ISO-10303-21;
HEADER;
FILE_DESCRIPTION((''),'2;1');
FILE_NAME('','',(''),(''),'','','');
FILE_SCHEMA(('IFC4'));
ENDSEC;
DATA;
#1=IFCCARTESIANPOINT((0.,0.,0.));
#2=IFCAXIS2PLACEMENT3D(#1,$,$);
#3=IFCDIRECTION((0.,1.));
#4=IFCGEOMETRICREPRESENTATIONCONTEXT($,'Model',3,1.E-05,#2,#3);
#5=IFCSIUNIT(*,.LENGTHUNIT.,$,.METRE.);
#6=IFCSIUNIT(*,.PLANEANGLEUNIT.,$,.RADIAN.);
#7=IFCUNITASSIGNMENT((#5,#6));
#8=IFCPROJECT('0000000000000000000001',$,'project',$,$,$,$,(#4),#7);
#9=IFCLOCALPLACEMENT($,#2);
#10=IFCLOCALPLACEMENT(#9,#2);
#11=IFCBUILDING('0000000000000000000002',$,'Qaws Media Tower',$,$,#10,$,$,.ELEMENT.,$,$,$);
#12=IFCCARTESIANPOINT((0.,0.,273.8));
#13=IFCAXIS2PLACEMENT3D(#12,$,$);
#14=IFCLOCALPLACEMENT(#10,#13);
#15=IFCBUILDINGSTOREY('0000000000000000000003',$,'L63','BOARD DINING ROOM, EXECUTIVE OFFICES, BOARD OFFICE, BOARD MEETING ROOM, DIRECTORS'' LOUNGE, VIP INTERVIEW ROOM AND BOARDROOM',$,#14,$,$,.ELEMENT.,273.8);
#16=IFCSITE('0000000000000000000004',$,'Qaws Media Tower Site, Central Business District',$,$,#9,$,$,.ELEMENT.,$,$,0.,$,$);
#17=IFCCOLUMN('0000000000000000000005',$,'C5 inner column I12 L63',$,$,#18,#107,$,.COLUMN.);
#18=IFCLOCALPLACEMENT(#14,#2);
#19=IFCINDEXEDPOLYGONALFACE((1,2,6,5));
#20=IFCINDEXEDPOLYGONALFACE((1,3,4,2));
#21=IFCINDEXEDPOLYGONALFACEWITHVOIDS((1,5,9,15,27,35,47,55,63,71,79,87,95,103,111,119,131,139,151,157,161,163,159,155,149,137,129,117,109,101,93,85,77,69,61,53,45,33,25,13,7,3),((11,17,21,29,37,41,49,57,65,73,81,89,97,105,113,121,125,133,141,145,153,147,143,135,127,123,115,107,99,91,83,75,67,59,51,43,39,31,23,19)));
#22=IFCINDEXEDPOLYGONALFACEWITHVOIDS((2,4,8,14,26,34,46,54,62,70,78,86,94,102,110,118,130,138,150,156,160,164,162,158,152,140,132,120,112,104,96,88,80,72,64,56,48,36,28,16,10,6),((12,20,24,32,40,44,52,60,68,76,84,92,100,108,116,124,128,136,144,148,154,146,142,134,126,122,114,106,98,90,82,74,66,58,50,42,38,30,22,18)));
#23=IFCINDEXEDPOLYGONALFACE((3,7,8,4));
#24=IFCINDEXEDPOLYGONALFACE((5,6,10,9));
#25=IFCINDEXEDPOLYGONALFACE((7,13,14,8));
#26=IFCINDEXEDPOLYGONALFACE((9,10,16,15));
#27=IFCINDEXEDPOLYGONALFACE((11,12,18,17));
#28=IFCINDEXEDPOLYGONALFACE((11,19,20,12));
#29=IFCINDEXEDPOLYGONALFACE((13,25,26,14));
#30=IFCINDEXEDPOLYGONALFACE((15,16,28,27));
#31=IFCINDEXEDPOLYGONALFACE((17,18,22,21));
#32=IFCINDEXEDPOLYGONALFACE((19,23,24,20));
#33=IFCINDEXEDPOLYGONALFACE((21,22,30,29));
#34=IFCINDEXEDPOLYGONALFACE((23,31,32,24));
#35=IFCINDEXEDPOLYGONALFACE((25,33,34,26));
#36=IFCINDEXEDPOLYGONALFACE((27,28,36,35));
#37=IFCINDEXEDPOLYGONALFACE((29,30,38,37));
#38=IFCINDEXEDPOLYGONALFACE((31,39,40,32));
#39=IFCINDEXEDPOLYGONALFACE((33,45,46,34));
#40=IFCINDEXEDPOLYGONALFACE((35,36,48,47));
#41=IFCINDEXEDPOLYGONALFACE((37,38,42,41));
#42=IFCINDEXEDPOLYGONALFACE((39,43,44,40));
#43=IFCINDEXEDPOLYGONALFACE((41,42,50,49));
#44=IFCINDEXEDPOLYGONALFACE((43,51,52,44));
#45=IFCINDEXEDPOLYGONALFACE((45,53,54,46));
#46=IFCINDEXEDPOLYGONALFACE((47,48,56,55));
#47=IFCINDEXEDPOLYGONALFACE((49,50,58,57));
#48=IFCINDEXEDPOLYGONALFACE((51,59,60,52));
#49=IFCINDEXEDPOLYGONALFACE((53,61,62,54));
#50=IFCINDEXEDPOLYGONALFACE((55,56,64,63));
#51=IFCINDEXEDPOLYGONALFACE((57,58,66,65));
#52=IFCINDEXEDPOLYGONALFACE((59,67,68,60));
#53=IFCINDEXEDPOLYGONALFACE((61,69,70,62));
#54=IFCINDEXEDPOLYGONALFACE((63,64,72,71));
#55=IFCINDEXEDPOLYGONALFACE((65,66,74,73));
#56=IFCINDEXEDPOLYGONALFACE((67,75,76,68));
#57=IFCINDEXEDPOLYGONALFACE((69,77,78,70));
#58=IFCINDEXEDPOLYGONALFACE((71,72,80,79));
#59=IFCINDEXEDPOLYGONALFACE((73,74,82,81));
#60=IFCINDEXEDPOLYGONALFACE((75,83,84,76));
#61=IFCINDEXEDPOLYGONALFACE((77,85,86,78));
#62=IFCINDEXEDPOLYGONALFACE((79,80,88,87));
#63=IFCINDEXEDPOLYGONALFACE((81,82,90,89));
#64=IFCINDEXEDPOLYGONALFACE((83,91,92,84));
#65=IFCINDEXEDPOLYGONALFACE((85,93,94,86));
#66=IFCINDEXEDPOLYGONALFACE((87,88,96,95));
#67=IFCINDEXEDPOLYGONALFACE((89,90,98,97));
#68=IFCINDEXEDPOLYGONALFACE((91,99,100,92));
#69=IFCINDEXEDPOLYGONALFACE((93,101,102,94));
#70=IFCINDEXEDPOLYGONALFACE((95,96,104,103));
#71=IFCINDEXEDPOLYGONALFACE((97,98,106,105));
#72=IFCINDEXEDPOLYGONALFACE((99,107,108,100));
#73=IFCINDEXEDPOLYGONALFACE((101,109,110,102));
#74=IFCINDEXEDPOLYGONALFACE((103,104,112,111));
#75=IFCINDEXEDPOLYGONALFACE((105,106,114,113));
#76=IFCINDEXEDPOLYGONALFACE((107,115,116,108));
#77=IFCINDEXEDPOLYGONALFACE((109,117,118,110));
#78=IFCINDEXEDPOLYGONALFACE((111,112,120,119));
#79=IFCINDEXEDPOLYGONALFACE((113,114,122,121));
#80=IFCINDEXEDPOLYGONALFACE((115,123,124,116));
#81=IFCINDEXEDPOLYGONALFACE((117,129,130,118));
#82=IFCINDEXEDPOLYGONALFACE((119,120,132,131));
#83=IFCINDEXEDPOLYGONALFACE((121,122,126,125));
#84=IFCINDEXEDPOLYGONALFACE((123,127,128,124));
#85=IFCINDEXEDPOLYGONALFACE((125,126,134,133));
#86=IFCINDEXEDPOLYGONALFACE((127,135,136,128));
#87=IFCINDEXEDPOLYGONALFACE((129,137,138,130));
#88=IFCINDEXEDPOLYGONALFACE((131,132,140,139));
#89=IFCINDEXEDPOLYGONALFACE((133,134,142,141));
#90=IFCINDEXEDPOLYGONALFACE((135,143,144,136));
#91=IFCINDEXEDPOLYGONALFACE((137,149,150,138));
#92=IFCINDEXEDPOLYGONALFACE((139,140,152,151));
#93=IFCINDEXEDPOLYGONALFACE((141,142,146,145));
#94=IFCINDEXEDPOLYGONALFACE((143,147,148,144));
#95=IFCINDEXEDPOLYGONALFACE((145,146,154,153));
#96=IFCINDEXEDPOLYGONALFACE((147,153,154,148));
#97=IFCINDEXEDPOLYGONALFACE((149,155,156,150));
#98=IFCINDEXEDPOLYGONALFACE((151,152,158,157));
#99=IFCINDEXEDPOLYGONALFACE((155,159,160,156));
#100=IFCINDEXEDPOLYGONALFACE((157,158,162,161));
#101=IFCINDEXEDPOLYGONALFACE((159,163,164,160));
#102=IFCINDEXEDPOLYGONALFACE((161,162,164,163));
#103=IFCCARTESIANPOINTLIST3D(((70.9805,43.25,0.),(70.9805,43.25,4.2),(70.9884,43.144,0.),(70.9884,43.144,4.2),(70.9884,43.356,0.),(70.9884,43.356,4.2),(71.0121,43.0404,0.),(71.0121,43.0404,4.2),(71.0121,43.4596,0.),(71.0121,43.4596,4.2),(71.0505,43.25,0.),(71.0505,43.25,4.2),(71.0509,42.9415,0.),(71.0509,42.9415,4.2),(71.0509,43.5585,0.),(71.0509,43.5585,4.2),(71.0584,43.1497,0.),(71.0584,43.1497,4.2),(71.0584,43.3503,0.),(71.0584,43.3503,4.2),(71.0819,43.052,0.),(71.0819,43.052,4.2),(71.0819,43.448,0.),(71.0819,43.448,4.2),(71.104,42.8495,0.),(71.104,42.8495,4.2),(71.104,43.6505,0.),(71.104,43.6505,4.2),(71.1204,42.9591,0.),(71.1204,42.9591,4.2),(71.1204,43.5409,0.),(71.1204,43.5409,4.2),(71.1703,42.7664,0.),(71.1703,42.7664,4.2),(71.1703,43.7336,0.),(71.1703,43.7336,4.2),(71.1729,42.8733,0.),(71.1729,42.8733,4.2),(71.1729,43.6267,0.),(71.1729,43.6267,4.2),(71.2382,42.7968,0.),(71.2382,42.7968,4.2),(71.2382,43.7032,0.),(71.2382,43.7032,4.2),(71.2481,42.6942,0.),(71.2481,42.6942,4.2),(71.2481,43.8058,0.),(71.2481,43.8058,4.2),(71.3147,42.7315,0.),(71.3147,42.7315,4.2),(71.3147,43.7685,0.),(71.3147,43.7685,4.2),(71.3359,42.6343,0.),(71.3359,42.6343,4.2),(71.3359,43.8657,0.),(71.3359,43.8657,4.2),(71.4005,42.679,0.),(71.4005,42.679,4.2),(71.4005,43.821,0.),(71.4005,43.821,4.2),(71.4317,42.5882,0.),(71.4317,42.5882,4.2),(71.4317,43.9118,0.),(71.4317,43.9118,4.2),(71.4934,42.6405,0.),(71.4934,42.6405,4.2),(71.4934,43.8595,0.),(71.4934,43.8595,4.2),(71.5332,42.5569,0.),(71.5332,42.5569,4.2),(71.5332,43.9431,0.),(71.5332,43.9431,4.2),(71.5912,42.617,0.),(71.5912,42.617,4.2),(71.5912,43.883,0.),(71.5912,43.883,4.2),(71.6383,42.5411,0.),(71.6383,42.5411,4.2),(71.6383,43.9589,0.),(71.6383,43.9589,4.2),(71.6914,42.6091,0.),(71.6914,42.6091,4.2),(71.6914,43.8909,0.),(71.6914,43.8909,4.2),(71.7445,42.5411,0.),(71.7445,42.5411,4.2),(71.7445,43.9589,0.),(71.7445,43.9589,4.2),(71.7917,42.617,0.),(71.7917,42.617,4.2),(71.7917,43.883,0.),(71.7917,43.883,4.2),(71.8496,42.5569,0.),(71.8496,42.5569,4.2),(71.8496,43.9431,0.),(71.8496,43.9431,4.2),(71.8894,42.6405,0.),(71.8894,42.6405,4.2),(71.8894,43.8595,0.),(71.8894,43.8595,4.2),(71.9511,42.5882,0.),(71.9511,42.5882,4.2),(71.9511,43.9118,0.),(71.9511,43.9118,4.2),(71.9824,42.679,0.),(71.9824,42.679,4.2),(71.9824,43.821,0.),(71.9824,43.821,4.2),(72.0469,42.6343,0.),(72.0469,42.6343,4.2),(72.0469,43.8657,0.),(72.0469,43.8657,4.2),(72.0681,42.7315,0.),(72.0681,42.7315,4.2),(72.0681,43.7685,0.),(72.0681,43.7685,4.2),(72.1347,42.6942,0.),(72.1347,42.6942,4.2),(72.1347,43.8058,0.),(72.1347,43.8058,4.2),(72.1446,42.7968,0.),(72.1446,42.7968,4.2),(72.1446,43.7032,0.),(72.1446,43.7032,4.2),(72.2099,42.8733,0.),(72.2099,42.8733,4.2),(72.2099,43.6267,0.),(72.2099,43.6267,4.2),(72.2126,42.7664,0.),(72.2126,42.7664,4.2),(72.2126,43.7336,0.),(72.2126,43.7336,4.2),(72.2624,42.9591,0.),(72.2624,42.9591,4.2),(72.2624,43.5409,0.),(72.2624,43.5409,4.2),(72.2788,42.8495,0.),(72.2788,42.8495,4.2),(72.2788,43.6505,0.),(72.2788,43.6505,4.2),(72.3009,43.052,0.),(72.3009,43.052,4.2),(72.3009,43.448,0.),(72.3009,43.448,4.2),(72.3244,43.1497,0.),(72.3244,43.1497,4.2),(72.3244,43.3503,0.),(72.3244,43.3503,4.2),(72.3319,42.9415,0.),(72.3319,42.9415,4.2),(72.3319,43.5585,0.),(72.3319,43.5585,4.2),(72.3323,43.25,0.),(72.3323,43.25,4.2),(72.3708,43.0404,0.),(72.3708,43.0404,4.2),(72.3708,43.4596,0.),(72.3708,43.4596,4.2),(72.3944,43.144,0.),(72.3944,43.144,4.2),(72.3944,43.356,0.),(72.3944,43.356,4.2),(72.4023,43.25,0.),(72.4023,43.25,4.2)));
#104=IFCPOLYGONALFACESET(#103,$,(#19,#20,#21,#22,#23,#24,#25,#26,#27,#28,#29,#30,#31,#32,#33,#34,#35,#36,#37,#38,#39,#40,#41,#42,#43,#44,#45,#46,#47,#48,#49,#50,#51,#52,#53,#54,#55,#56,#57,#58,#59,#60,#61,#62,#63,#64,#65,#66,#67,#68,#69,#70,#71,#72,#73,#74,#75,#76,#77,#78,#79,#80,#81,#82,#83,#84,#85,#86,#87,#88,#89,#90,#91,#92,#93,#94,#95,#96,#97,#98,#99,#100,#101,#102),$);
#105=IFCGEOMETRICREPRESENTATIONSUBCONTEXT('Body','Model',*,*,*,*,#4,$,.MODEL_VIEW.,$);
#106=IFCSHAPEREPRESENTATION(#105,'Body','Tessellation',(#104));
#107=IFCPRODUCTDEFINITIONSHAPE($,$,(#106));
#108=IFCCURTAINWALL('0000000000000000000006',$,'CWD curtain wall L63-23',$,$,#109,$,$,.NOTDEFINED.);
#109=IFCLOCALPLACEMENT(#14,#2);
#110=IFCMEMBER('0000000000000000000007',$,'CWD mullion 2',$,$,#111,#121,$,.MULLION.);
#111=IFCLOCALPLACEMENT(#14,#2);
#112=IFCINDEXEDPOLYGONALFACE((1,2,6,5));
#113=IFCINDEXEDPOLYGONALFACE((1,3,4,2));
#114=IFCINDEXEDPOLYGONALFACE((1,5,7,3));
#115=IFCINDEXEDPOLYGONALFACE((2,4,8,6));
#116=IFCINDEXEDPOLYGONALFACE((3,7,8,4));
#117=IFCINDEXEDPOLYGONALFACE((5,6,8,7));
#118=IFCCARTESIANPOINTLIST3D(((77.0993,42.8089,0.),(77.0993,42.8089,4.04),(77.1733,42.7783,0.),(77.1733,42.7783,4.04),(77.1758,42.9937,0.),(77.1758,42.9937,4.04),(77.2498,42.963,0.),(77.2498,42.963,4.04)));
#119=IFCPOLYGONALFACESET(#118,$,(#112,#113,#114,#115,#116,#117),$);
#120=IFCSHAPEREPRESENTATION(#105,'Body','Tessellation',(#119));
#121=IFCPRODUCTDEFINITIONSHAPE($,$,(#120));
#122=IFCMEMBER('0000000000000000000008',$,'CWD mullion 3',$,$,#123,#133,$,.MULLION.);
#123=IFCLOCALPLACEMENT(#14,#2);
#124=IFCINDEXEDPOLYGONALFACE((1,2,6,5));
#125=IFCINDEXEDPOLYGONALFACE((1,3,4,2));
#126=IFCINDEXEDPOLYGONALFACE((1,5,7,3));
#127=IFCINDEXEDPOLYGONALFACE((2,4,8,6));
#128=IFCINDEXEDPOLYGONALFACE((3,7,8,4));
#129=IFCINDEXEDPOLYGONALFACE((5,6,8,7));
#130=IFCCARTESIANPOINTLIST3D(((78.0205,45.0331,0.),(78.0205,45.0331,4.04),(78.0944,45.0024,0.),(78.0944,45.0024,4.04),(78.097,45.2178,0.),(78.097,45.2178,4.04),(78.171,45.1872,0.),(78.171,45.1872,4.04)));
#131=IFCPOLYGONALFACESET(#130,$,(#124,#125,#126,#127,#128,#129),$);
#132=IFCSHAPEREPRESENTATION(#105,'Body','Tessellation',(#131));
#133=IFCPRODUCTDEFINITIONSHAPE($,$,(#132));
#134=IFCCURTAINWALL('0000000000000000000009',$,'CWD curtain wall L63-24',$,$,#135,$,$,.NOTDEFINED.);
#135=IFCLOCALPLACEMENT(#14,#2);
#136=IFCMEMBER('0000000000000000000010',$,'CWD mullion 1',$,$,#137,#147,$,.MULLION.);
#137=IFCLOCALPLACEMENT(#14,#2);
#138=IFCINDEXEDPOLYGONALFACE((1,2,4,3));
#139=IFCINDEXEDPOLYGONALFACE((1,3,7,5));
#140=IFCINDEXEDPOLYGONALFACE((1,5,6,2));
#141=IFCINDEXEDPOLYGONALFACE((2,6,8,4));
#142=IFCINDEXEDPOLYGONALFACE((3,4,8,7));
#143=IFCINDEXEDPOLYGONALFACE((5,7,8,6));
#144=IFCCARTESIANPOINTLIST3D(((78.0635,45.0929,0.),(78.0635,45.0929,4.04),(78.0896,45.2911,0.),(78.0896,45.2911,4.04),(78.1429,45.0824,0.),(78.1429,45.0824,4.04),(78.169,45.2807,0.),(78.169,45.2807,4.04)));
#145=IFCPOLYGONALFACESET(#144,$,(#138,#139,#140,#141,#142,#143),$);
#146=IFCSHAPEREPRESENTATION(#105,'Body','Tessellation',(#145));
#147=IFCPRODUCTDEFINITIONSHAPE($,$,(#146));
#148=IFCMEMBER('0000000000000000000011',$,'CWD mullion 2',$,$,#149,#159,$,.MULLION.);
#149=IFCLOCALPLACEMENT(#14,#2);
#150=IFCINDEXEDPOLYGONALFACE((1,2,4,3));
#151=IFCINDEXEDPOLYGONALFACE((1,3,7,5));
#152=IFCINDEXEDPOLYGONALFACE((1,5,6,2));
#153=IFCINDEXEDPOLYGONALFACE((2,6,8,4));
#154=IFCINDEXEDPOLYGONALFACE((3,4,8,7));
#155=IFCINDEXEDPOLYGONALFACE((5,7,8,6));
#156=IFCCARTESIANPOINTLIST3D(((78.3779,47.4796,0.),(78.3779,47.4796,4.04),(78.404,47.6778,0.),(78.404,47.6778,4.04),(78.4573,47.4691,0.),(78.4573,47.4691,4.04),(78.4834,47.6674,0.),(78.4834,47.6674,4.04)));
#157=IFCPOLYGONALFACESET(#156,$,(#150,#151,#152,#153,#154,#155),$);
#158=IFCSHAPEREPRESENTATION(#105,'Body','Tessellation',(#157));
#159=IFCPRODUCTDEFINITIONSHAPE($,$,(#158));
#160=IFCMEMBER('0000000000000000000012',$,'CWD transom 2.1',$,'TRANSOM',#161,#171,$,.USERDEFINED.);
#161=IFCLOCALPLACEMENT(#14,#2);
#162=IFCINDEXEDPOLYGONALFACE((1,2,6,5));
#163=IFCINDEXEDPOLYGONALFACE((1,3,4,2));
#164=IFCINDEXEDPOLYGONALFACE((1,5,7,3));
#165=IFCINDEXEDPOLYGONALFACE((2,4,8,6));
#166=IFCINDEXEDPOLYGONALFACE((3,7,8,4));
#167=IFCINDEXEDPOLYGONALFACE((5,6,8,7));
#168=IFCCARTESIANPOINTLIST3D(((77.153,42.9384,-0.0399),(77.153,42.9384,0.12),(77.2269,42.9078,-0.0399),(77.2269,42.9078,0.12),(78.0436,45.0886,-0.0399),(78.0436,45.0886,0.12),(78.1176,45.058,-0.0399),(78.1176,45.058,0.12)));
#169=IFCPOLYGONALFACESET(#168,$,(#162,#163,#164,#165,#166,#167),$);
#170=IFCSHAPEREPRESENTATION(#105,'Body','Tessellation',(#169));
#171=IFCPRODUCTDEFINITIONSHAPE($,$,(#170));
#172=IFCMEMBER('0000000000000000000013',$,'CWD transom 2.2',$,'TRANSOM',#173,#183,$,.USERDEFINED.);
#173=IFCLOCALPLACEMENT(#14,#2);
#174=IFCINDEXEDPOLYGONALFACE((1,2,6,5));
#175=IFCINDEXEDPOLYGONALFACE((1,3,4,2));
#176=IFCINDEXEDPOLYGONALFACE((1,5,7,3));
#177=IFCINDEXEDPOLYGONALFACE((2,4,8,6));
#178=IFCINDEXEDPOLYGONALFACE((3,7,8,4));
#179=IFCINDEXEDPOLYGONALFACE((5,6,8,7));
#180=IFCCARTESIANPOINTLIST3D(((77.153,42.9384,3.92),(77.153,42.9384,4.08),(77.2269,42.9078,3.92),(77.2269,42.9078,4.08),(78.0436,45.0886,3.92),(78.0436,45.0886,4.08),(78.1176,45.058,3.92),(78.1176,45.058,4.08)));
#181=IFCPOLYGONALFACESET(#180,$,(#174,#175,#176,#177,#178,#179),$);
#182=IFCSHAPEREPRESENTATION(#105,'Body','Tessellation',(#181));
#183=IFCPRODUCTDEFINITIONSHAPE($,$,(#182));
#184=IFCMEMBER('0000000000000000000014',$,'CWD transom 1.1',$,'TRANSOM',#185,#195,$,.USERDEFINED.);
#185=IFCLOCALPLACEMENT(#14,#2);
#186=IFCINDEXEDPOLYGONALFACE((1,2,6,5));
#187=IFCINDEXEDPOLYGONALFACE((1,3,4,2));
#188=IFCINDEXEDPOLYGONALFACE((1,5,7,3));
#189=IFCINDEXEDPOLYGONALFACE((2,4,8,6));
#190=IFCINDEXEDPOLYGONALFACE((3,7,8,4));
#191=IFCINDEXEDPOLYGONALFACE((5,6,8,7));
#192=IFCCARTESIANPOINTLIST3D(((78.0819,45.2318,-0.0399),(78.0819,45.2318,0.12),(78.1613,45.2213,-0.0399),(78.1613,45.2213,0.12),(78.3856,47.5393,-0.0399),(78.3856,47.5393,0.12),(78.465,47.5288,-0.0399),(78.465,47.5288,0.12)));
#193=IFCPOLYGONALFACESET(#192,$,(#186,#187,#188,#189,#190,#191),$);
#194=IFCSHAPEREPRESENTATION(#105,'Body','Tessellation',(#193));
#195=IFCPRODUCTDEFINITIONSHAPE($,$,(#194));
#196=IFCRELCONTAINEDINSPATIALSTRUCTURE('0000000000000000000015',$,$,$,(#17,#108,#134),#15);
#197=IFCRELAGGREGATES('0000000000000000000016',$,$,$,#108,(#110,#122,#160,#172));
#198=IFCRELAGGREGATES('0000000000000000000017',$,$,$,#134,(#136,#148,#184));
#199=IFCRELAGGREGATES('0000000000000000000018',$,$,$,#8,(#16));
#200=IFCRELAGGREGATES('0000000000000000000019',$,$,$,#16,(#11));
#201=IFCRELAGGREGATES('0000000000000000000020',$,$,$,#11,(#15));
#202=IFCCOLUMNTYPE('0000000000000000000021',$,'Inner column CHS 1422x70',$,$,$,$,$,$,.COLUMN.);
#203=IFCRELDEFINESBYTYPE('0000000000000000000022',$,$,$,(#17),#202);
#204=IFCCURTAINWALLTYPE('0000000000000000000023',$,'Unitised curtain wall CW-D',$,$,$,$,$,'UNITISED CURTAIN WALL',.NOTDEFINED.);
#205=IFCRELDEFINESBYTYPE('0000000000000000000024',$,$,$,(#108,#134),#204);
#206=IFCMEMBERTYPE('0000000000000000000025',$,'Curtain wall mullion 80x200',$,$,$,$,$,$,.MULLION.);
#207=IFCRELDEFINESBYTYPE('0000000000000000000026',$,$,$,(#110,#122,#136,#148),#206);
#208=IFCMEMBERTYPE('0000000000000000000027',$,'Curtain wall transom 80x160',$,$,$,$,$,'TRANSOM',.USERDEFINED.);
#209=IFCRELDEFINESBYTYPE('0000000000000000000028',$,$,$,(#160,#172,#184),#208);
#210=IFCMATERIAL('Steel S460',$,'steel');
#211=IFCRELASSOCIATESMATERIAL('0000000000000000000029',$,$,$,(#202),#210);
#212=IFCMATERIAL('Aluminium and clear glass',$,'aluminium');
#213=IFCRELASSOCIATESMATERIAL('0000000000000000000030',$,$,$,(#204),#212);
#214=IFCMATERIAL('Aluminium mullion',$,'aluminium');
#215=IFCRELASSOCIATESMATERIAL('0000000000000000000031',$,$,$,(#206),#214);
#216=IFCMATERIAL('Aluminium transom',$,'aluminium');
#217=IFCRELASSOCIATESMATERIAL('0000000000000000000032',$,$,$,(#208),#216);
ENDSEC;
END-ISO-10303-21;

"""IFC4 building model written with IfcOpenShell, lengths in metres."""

from ifc_helpers import new_model, si_unit, direction, frame, origin, origin_2d, place, context, subcontext, project, spatial, rectangle, hollow_circle, extrude, material, material_profile, profile_set, type_object, element, aggregate, save


model = new_model("IFC4")

# Units and contexts
model_context = context("Model", 3, precision=1e-05, world=origin(), true_north=direction((0.0, 1.0)))
body_context = subcontext(model_context, "Body", "Model", "MODEL_VIEW")
ifc_project = project(units=[si_unit("LENGTHUNIT", "METRE"), si_unit("PLANEANGLEUNIT", "RADIAN")], contexts=[model_context])

# Site, building, storey
site_placement = place(None, origin())
site = spatial("IfcSite", under=ifc_project, at=site_placement, Name="Qaws Media Tower Site, Central Business District", CompositionType="ELEMENT", RefElevation=0.0)
building_placement = place(site_placement, origin())
building = spatial("IfcBuilding", under=site, at=building_placement, Name="Qaws Media Tower", CompositionType="ELEMENT")
storey_placement = place(building_placement, frame((0.0, 0.0, 273.8)))
storey = spatial("IfcBuildingStorey", under=building, at=storey_placement, Name="L63", Description="BOARD DINING ROOM, EXECUTIVE OFFICES, BOARD OFFICE, BOARD MEETING ROOM, DIRECTORS' LOUNGE, VIP INTERVIEW ROOM AND BOARDROOM", CompositionType="ELEMENT", Elevation=273.8)

# Column
ifc_material_1 = material(Name="Steel S460", Category="steel")
ifc_material_profile_1 = material_profile(ifc_material_1, hollow_circle(Radius=0.7109, WallThickness=0.0701, at=origin_2d()), Name="CHS 1422x70")
ifc_profile_set_1 = profile_set([ifc_material_profile_1], Name="Steel S460")
column_type = type_object("IfcColumnType", Name="Inner column CHS 1422x70", PredefinedType="COLUMN", material=ifc_profile_set_1)
column_placement = place(storey_placement, frame((71.6914, 43.25, 0.0), z_axis=(0.0, 0.0, 1.0), x_axis=(1.0, 0.0, 0.0)))
element("IfcColumn", 1, at=column_placement, inside=storey, type_object=column_type, Name="C5 inner column I12 L63", PredefinedType="COLUMN", context=body_context, shape_type="SweptSolid", body=[
    extrude(hollow_circle(Radius=0.7109, WallThickness=0.0701, at=origin_2d()), origin(), (0.0, 0.0, 1.0), 4.2),
])

# Curtain walls, members
ifc_material_2 = material(Name="Aluminium and clear glass", Category="aluminium")
curtain_wall_type = type_object("IfcCurtainWallType", Name="Unitised curtain wall CW-D", ElementType="UNITISED CURTAIN WALL", PredefinedType="NOTDEFINED", material=ifc_material_2)
curtain_wall_1_placement = place(storey_placement, origin())
curtain_wall_1 = element("IfcCurtainWall", 2, at=curtain_wall_1_placement, inside=storey, type_object=curtain_wall_type, Name="CWD curtain wall L63-23", PredefinedType="NOTDEFINED")
ifc_material_3 = material(Name="Aluminium mullion", Category="aluminium")
ifc_material_profile_2 = material_profile(ifc_material_3, rectangle(XDim=0.0801, YDim=0.2, at=origin_2d()), Name="80x200")
ifc_profile_set_2 = profile_set([ifc_material_profile_2], Name="Aluminium mullion")
member_type_1 = type_object("IfcMemberType", Name="Curtain wall mullion 80x200", PredefinedType="MULLION", material=ifc_profile_set_2)
member_1_placement = place(storey_placement, frame((77.1746, 42.886, 0.0), z_axis=(0.0, 0.0, 1.0), x_axis=(-0.92388, 0.382683, 0.0)))
member_1 = element("IfcMember", 3, at=member_1_placement, type_object=member_type_1, Name="CWD mullion 2", PredefinedType="MULLION", context=body_context, shape_type="SweptSolid", body=[
    extrude(rectangle(XDim=0.0801, YDim=0.2, at=origin_2d()), origin(), (0.0, 0.0, 1.0), 4.04),
])
member_2_placement = place(storey_placement, frame((78.0957, 45.1101, 0.0), z_axis=(0.0, 0.0, 1.0), x_axis=(-0.92388, 0.382683, 0.0)))
member_2 = element("IfcMember", 4, at=member_2_placement, type_object=member_type_1, Name="CWD mullion 3", PredefinedType="MULLION", context=body_context, shape_type="SweptSolid", body=[
    extrude(rectangle(XDim=0.0801, YDim=0.2, at=origin_2d()), origin(), (0.0, 0.0, 1.0), 4.04),
])
curtain_wall_2_placement = place(storey_placement, origin())
curtain_wall_2 = element("IfcCurtainWall", 5, at=curtain_wall_2_placement, inside=storey, type_object=curtain_wall_type, Name="CWD curtain wall L63-24", PredefinedType="NOTDEFINED")
member_3_placement = place(storey_placement, frame((78.1162, 45.1868, 0.0), z_axis=(0.0, 0.0, 1.0), x_axis=(-0.991445, 0.130526, 0.0)))
member_3 = element("IfcMember", 6, at=member_3_placement, type_object=member_type_1, Name="CWD mullion 1", PredefinedType="MULLION", context=body_context, shape_type="SweptSolid", body=[
    extrude(rectangle(XDim=0.0801, YDim=0.2, at=origin_2d()), origin(), (0.0, 0.0, 1.0), 4.04),
])
member_4_placement = place(storey_placement, frame((78.4307, 47.5735, 0.0), z_axis=(0.0, 0.0, 1.0), x_axis=(-0.991445, 0.130526, 0.0)))
member_4 = element("IfcMember", 7, at=member_4_placement, type_object=member_type_1, Name="CWD mullion 2", PredefinedType="MULLION", context=body_context, shape_type="SweptSolid", body=[
    extrude(rectangle(XDim=0.0801, YDim=0.2, at=origin_2d()), origin(), (0.0, 0.0, 1.0), 4.04),
])

# Members
ifc_material_4 = material(Name="Aluminium transom", Category="aluminium")
ifc_material_profile_3 = material_profile(ifc_material_4, rectangle(XDim=0.0801, YDim=0.1599, at=origin_2d()), Name="80x160")
ifc_profile_set_3 = profile_set([ifc_material_profile_3], Name="Aluminium transom")
member_type_2 = type_object("IfcMemberType", Name="Curtain wall transom 80x160", ElementType="TRANSOM", PredefinedType="USERDEFINED", material=ifc_profile_set_3)
member_5_placement = place(storey_placement, frame((77.1899, 42.9231, 0.04), z_axis=(0.382685, 0.923879, 0.0), x_axis=(-0.923879, 0.382685, 0.0)))
member_5 = element("IfcMember", 8, at=member_5_placement, type_object=member_type_2, Name="CWD transom 2.1", ObjectType="TRANSOM", PredefinedType="USERDEFINED", context=body_context, shape_type="SweptSolid", body=[
    extrude(rectangle(XDim=0.0801, YDim=0.1599, at=origin_2d()), origin(), (0.0, 0.0, 1.0), 2.3274),
])
member_6_placement = place(storey_placement, frame((77.1899, 42.9231, 4.0), z_axis=(0.382685, 0.923879, 0.0), x_axis=(-0.923879, 0.382685, 0.0)))
member_6 = element("IfcMember", 9, at=member_6_placement, type_object=member_type_2, Name="CWD transom 2.2", ObjectType="TRANSOM", PredefinedType="USERDEFINED", context=body_context, shape_type="SweptSolid", body=[
    extrude(rectangle(XDim=0.0801, YDim=0.1599, at=origin_2d()), origin(), (0.0, 0.0, 1.0), 2.3274),
])
member_7_placement = place(storey_placement, frame((78.1216, 45.2266, 0.04), z_axis=(0.130501, 0.991448, 0.0), x_axis=(-0.991448, 0.130501, 0.0)))
member_7 = element("IfcMember", 10, at=member_7_placement, type_object=member_type_2, Name="CWD transom 1.1", ObjectType="TRANSOM", PredefinedType="USERDEFINED", context=body_context, shape_type="SweptSolid", body=[
    extrude(rectangle(XDim=0.0801, YDim=0.1599, at=origin_2d()), origin(), (0.0, 0.0, 1.0), 2.3274),
])

aggregate(curtain_wall_1, [member_1, member_2, member_5, member_6])
aggregate(curtain_wall_2, [member_3, member_4, member_7])

save(model, "model.ifc")
